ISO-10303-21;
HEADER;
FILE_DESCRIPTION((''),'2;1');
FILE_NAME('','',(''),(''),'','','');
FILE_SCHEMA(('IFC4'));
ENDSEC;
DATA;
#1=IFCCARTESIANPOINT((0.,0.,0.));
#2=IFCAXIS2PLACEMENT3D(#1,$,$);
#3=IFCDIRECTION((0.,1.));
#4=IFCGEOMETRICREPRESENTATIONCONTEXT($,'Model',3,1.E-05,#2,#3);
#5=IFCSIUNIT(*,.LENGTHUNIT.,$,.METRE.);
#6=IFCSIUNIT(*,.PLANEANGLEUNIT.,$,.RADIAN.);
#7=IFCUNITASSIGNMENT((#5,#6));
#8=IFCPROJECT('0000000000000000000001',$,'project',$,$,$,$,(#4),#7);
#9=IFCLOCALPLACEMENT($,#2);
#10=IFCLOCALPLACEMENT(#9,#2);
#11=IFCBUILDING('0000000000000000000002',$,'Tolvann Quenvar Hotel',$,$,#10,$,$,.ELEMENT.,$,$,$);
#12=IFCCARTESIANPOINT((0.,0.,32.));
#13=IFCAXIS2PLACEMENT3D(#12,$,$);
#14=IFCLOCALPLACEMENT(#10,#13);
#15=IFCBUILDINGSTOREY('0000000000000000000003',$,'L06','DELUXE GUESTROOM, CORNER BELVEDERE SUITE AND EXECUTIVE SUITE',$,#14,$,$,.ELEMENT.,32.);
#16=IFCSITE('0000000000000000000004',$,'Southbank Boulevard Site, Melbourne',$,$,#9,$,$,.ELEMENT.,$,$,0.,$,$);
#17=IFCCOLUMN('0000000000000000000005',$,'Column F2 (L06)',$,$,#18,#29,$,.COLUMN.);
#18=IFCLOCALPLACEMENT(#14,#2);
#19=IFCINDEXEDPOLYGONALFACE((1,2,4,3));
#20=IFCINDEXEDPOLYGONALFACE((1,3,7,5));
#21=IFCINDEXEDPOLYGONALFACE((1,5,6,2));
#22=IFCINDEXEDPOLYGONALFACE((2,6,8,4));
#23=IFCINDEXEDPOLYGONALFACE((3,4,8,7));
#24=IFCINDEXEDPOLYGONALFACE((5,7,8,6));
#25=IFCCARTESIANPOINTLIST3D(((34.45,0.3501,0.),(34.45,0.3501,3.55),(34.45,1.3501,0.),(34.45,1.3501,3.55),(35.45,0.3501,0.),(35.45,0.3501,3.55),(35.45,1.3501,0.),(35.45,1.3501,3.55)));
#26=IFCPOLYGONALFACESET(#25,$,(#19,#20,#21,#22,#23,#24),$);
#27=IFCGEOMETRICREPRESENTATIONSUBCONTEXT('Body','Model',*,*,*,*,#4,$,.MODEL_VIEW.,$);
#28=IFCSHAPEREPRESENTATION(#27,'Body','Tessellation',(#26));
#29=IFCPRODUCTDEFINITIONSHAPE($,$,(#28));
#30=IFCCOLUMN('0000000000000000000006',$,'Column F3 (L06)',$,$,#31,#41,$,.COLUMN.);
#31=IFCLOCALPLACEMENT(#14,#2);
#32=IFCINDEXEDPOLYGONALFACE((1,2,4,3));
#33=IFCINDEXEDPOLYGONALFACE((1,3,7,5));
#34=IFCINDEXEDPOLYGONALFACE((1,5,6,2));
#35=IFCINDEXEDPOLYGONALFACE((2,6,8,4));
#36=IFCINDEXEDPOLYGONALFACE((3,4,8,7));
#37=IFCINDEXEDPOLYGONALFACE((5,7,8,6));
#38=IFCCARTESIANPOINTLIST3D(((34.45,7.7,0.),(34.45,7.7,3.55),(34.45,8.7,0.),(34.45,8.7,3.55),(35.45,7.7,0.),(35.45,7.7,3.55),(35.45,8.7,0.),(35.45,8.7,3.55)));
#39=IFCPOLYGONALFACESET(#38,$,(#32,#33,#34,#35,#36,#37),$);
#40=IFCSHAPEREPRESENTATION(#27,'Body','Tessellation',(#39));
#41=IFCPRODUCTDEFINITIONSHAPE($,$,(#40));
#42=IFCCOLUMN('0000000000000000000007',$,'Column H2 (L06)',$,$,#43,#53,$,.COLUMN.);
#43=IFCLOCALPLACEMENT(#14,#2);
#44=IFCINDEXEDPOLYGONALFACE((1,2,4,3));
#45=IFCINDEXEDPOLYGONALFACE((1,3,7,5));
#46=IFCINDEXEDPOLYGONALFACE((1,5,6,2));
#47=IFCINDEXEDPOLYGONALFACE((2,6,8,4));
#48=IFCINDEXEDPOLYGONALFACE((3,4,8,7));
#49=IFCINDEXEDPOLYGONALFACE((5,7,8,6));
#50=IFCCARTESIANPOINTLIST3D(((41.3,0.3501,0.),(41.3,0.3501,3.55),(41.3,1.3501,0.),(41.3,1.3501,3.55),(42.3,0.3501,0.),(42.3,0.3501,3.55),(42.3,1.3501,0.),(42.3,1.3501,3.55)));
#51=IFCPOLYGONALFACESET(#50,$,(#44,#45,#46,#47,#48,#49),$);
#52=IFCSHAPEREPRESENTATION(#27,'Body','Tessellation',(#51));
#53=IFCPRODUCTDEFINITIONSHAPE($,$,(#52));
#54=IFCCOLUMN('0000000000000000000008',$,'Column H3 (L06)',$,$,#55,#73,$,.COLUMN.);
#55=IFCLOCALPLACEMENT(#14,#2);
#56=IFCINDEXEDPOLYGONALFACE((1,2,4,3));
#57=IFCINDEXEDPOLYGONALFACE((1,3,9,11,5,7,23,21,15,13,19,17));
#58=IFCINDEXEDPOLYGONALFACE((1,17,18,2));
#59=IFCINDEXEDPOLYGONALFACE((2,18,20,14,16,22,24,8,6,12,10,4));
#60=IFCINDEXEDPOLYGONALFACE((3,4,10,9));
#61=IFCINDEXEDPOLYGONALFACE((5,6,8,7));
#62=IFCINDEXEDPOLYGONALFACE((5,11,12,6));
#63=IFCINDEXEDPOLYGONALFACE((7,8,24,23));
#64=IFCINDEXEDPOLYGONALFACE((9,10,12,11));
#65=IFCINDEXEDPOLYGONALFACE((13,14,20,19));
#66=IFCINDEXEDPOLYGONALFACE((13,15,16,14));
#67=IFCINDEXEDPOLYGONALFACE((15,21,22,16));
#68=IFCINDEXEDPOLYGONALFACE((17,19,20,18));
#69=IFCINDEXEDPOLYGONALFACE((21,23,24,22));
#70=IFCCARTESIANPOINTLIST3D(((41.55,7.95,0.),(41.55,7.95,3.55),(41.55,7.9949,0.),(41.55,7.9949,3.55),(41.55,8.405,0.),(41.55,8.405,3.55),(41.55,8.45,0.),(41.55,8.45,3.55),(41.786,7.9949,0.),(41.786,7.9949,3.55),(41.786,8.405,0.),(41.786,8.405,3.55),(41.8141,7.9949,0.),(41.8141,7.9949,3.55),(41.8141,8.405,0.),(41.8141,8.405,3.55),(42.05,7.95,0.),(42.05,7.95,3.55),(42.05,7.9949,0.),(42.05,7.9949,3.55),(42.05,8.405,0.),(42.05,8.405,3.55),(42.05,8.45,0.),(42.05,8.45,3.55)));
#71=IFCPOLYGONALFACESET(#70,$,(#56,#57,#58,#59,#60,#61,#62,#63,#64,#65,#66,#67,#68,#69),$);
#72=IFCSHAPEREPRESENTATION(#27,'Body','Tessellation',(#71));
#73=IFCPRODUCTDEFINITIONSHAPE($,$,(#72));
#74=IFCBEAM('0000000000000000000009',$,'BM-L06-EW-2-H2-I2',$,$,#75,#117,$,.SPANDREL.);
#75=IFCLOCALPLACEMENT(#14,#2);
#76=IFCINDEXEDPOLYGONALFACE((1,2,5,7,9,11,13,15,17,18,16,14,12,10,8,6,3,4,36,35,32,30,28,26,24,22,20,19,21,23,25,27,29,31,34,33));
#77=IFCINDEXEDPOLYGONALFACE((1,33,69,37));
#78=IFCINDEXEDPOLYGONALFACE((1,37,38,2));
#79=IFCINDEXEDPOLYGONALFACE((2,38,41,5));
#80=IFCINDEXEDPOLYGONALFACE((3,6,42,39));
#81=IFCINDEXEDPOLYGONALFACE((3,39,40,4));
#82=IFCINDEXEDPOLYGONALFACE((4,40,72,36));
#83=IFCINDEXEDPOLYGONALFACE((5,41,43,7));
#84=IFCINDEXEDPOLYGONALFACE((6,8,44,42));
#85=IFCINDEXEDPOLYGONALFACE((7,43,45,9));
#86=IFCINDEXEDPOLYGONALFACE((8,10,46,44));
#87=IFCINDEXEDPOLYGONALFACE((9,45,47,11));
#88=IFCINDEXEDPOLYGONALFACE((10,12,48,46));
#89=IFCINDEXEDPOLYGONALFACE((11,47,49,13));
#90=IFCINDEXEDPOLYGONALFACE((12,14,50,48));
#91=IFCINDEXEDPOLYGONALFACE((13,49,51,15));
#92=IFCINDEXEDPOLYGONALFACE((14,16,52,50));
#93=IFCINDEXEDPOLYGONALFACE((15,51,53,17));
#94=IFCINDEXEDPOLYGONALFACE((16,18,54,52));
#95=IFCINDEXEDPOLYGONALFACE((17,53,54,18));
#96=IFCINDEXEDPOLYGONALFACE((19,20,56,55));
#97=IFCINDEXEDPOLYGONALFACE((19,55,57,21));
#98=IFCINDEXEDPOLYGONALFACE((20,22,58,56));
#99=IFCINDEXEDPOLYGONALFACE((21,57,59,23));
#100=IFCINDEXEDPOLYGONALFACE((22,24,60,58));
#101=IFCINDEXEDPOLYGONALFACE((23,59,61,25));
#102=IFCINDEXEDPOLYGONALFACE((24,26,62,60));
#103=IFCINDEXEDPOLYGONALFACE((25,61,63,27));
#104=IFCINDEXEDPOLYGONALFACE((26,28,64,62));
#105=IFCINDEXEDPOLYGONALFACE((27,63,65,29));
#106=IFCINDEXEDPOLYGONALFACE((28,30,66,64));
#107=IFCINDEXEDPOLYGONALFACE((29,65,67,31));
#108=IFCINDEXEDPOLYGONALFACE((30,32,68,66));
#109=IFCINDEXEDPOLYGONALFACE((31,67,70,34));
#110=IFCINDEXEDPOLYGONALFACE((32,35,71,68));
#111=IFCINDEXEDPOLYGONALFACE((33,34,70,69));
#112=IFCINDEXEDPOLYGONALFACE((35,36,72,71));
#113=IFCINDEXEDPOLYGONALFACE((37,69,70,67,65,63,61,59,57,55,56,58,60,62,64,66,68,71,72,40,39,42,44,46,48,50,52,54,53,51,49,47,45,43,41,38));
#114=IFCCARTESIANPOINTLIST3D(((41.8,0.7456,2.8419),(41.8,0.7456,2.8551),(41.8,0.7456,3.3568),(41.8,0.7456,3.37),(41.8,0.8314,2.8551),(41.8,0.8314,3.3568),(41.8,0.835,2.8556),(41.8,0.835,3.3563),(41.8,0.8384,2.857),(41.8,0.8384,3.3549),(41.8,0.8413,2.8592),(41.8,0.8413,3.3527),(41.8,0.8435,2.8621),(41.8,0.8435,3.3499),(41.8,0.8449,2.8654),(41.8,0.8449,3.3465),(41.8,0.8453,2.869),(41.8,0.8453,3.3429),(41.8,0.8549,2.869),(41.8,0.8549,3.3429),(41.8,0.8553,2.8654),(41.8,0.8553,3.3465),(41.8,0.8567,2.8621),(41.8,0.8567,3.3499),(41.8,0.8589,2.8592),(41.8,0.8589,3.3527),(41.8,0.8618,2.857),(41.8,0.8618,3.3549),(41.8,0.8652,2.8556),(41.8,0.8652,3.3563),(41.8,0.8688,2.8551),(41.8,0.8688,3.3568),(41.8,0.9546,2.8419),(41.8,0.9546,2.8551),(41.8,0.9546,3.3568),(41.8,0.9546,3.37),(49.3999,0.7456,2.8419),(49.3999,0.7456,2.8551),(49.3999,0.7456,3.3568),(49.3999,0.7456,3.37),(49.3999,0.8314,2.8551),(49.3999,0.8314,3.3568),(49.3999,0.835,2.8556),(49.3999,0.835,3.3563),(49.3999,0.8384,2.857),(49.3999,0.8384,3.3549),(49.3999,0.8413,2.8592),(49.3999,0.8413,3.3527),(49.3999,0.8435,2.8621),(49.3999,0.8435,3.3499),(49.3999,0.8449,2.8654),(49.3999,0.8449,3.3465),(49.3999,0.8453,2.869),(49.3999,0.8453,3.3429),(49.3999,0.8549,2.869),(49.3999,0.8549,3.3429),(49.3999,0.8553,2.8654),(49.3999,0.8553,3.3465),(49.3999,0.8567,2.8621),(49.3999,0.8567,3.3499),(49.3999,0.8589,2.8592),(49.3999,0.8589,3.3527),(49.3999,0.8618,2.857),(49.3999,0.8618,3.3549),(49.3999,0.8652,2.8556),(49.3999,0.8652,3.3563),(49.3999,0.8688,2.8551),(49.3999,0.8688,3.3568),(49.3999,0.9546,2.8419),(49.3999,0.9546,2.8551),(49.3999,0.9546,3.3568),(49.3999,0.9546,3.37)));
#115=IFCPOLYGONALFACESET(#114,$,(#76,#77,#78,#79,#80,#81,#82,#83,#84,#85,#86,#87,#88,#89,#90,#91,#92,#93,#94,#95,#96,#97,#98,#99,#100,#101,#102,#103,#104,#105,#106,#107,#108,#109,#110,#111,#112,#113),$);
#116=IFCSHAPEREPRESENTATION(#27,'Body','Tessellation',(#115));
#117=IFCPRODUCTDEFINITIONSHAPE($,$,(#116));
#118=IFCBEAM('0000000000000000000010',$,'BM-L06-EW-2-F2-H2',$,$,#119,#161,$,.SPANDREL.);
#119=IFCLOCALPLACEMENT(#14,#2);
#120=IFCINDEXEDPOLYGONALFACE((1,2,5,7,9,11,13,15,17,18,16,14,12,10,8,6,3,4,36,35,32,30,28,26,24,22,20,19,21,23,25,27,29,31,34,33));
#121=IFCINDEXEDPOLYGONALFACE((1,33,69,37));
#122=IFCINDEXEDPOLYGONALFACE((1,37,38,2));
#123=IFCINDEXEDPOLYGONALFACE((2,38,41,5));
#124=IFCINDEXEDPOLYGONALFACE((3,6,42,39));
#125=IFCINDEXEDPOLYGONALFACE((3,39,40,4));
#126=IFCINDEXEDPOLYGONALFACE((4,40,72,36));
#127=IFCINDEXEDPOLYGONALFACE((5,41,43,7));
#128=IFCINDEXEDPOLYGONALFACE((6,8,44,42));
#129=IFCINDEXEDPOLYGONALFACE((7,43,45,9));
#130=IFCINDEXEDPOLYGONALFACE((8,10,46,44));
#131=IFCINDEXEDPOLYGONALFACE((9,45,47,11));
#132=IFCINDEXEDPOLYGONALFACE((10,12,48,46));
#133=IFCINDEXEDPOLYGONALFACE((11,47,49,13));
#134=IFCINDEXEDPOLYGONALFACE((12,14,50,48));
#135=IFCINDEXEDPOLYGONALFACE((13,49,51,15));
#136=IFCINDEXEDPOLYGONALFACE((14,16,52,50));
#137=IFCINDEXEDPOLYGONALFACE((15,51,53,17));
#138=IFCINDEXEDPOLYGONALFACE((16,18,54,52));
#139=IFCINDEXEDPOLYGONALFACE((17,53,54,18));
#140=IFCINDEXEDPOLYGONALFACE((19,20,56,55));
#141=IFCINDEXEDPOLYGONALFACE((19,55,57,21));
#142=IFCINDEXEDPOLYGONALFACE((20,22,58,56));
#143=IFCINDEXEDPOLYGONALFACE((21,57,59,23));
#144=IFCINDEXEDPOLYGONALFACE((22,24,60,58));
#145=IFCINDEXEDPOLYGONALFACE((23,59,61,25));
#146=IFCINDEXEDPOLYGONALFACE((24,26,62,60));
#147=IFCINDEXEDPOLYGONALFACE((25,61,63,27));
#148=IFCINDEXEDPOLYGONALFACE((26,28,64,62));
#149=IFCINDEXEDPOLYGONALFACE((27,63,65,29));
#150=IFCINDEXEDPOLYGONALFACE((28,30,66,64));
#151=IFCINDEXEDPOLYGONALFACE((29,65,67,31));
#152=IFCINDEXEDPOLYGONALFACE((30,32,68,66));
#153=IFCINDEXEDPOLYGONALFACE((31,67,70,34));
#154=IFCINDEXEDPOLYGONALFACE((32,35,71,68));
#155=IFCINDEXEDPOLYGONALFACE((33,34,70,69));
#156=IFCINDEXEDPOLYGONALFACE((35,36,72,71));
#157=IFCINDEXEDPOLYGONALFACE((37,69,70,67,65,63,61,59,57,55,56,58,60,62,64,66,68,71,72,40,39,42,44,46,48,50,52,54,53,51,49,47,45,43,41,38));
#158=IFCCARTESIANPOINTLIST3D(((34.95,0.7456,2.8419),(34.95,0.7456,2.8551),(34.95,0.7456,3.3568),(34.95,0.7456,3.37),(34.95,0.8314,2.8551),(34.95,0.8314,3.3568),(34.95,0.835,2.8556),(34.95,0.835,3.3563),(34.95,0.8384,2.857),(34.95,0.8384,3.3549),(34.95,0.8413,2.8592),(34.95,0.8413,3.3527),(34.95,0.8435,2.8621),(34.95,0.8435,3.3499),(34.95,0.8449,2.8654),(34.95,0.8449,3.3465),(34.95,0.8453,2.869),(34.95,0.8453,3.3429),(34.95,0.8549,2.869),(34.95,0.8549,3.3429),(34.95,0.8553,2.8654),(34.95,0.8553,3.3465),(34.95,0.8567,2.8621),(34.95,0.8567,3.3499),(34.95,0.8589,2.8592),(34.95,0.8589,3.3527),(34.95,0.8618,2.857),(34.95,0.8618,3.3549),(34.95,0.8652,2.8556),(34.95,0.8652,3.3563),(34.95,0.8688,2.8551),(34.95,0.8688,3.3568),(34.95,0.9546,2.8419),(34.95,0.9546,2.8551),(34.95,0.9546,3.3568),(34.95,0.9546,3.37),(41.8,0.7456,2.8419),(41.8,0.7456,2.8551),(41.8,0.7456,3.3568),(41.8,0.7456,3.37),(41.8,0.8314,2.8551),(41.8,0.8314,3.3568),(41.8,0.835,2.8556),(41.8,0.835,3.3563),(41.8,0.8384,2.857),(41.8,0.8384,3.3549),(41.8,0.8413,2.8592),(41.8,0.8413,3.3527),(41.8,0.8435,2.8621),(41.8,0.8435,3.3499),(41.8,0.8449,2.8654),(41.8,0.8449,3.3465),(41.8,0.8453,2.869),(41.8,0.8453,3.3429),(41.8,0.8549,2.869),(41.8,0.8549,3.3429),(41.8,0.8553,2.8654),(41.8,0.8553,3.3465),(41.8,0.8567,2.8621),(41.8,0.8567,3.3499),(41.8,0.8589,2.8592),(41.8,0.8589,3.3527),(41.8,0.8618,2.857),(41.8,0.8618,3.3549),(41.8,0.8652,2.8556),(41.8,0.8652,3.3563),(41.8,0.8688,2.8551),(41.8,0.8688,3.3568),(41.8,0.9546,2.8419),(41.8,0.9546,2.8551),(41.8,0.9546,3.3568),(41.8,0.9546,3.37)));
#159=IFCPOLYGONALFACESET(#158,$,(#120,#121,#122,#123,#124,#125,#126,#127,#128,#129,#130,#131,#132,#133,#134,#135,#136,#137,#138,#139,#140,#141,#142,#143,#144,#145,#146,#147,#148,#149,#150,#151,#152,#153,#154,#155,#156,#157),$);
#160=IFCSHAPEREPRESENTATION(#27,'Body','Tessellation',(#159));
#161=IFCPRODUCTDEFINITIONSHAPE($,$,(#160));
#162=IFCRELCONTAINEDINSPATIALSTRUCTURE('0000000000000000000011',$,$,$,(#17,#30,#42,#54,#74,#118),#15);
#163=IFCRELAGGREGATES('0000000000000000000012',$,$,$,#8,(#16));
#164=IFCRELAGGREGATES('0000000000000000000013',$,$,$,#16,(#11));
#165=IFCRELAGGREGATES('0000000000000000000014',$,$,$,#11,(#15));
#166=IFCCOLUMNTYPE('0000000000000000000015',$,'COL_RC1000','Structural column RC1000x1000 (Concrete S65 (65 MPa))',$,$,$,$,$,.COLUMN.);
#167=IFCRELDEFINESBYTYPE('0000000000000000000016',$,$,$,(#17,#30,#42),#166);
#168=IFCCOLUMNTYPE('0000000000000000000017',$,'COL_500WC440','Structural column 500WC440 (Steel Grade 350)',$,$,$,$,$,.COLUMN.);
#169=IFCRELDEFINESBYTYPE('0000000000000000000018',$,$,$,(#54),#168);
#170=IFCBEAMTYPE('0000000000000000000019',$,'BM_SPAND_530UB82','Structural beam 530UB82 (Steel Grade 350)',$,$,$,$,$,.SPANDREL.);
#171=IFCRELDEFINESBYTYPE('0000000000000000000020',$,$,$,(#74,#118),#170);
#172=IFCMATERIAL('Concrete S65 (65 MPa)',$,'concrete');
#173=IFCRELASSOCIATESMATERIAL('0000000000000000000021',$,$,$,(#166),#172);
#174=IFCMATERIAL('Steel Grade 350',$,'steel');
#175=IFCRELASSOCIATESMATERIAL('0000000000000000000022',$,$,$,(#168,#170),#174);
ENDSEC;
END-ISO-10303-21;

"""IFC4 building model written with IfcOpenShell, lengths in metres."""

from ifc_helpers import new_model, si_unit, direction, frame, origin, origin_2d, place, context, subcontext, project, spatial, rectangle, i_section, extrude, source, transform, mapped, material, material_profile, profile_set, type_object, type_shapes, element, save


model = new_model("IFC4")

# Units and contexts
model_context = context("Model", 3, precision=1e-05, world=origin(), true_north=direction((0.0, 1.0)))
body_context = subcontext(model_context, "Body", "Model", "MODEL_VIEW")
ifc_project = project(units=[si_unit("LENGTHUNIT", "METRE"), si_unit("PLANEANGLEUNIT", "RADIAN")], contexts=[model_context])

# Site, building, storey
site_placement = place(None, origin())
site = spatial("IfcSite", under=ifc_project, at=site_placement, Name="Southbank Boulevard Site, Melbourne", CompositionType="ELEMENT", RefElevation=0.0)
building_placement = place(site_placement, origin())
building = spatial("IfcBuilding", under=site, at=building_placement, Name="Tolvann Quenvar Hotel", CompositionType="ELEMENT")
storey_placement = place(building_placement, frame((0.0, 0.0, 32.0)))
storey = spatial("IfcBuildingStorey", under=building, at=storey_placement, Name="L06", Description="DELUXE GUESTROOM, CORNER BELVEDERE SUITE AND EXECUTIVE SUITE", CompositionType="ELEMENT", Elevation=32.0)

# Columns
ifc_material_1 = material(Name="Concrete S65 (65 MPa)", Category="concrete")
ifc_material_profile_1 = material_profile(ifc_material_1, rectangle(XDim=1.0, YDim=1.0, at=origin_2d()), Name="RC1000x1000")
ifc_profile_set_1 = profile_set([ifc_material_profile_1], Name="Concrete S65 (65 MPa)")
column_type_1 = type_object("IfcColumnType", Name="COL_RC1000", Description="Structural column RC1000x1000 (Concrete S65 (65 MPa))", PredefinedType="COLUMN", material=ifc_profile_set_1)
shared_shape_1 = source(origin(), body_context, "Body", "SweptSolid", [
    extrude(rectangle(XDim=1.0, YDim=1.0, at=origin_2d()), origin(), (0.0, 0.0, 1.0), 3.55),
])
type_shapes(column_type_1, [shared_shape_1])
for number, where, z_axis, x_axis, name in (
    (1, (34.95, 0.8501, 0.0), (0.0, 0.0, 1.0), (1.0, 0.0, 0.0), "Column F2 (L06)"),
    (2, (34.95, 8.2, 0.0), (0.0, 0.0, 1.0), (1.0, 0.0, 0.0), "Column F3 (L06)"),
    (3, (41.8, 0.8501, 0.0), (0.0, 0.0, 1.0), (1.0, 0.0, 0.0), "Column H2 (L06)"),
):
    element("IfcColumn", number, at=place(storey_placement, frame(where, z_axis=z_axis, x_axis=x_axis)), inside=storey, type_object=column_type_1, Name=name, PredefinedType="COLUMN", context=body_context, shape_type="MappedRepresentation", body=[
        mapped(shared_shape_1, transform((0.0, 0.0, 0.0), x_axis=(1.0, 0.0, 0.0), y_axis=(0.0, 1.0, 0.0), z_axis=(0.0, 0.0, 1.0), scale=1.0)),
    ])
ifc_material_2 = material(Name="Steel Grade 350", Category="steel")
ifc_material_profile_2 = material_profile(ifc_material_2, i_section(OverallWidth=0.5, OverallDepth=0.5, WebThickness=0.0281, FlangeThickness=0.0449, at=origin_2d()), Name="500WC440")
ifc_profile_set_2 = profile_set([ifc_material_profile_2], Name="Steel Grade 350")
column_type_2 = type_object("IfcColumnType", Name="COL_500WC440", Description="Structural column 500WC440 (Steel Grade 350)", PredefinedType="COLUMN", material=ifc_profile_set_2)
shared_shape_2 = source(origin(), body_context, "Body", "SweptSolid", [
    extrude(i_section(OverallWidth=0.5, OverallDepth=0.5, WebThickness=0.0281, FlangeThickness=0.0449, at=origin_2d()), origin(), (0.0, 0.0, 1.0), 3.55),
])
type_shapes(column_type_2, [shared_shape_2])
column_placement = place(storey_placement, frame((41.8, 8.2, 0.0), z_axis=(0.0, 0.0, 1.0), x_axis=(1.0, 0.0, 0.0)))
element("IfcColumn", 4, at=column_placement, inside=storey, type_object=column_type_2, Name="Column H3 (L06)", PredefinedType="COLUMN", context=body_context, shape_type="MappedRepresentation", body=[
    mapped(shared_shape_2, transform((0.0, 0.0, 0.0), x_axis=(1.0, 0.0, 0.0), y_axis=(0.0, 1.0, 0.0), z_axis=(0.0, 0.0, 1.0), scale=1.0)),
])

# Beams
ifc_material_profile_3 = material_profile(ifc_material_2, i_section(OverallWidth=0.209, OverallDepth=0.5281, WebThickness=0.0095, FlangeThickness=0.0132, FilletRadius=0.0139, at=origin_2d()), Name="530UB82")
ifc_profile_set_3 = profile_set([ifc_material_profile_3], Name="Steel Grade 350")
beam_type_1 = type_object("IfcBeamType", Name="BM_SPAND_530UB82", Description="Structural beam 530UB82 (Steel Grade 350)", PredefinedType="SPANDREL", material=ifc_profile_set_3)
shared_shape_3 = source(origin(), body_context, "Body", "SweptSolid", [
    extrude(i_section(OverallWidth=0.209, OverallDepth=0.5281, WebThickness=0.0095, FlangeThickness=0.0132, FilletRadius=0.0139, at=origin_2d()), origin(), (0.0, 0.0, 1.0), 7.5999),
])
beam_1_placement = place(storey_placement, frame((41.8, 0.8501, 3.106), z_axis=(1.0, 0.0, 0.0), x_axis=(0.0, 1.0, 0.0)))
element("IfcBeam", 5, at=beam_1_placement, inside=storey, type_object=beam_type_1, Name="BM-L06-EW-2-H2-I2", PredefinedType="SPANDREL", context=body_context, shape_type="MappedRepresentation", body=[
    mapped(shared_shape_3, transform((0.0, 0.0, 0.0), x_axis=(1.0, 0.0, 0.0), y_axis=(0.0, 1.0, 0.0), z_axis=(0.0, 0.0, 1.0), scale=1.0)),
])
shared_shape_4 = source(origin(), body_context, "Body", "SweptSolid", [
    extrude(i_section(OverallWidth=0.209, OverallDepth=0.5281, WebThickness=0.0095, FlangeThickness=0.0132, FilletRadius=0.0139, at=origin_2d()), origin(), (0.0, 0.0, 1.0), 6.8501),
])
type_shapes(beam_type_1, [shared_shape_3, shared_shape_4])
beam_2_placement = place(storey_placement, frame((34.95, 0.8501, 3.106), z_axis=(1.0, 0.0, 0.0), x_axis=(0.0, 1.0, 0.0)))
element("IfcBeam", 6, at=beam_2_placement, inside=storey, type_object=beam_type_1, Name="BM-L06-EW-2-F2-H2", PredefinedType="SPANDREL", context=body_context, shape_type="MappedRepresentation", body=[
    mapped(shared_shape_4, transform((0.0, 0.0, 0.0), x_axis=(1.0, 0.0, 0.0), y_axis=(0.0, 1.0, 0.0), z_axis=(0.0, 0.0, 1.0), scale=1.0)),
])

save(model, "model.ifc")
